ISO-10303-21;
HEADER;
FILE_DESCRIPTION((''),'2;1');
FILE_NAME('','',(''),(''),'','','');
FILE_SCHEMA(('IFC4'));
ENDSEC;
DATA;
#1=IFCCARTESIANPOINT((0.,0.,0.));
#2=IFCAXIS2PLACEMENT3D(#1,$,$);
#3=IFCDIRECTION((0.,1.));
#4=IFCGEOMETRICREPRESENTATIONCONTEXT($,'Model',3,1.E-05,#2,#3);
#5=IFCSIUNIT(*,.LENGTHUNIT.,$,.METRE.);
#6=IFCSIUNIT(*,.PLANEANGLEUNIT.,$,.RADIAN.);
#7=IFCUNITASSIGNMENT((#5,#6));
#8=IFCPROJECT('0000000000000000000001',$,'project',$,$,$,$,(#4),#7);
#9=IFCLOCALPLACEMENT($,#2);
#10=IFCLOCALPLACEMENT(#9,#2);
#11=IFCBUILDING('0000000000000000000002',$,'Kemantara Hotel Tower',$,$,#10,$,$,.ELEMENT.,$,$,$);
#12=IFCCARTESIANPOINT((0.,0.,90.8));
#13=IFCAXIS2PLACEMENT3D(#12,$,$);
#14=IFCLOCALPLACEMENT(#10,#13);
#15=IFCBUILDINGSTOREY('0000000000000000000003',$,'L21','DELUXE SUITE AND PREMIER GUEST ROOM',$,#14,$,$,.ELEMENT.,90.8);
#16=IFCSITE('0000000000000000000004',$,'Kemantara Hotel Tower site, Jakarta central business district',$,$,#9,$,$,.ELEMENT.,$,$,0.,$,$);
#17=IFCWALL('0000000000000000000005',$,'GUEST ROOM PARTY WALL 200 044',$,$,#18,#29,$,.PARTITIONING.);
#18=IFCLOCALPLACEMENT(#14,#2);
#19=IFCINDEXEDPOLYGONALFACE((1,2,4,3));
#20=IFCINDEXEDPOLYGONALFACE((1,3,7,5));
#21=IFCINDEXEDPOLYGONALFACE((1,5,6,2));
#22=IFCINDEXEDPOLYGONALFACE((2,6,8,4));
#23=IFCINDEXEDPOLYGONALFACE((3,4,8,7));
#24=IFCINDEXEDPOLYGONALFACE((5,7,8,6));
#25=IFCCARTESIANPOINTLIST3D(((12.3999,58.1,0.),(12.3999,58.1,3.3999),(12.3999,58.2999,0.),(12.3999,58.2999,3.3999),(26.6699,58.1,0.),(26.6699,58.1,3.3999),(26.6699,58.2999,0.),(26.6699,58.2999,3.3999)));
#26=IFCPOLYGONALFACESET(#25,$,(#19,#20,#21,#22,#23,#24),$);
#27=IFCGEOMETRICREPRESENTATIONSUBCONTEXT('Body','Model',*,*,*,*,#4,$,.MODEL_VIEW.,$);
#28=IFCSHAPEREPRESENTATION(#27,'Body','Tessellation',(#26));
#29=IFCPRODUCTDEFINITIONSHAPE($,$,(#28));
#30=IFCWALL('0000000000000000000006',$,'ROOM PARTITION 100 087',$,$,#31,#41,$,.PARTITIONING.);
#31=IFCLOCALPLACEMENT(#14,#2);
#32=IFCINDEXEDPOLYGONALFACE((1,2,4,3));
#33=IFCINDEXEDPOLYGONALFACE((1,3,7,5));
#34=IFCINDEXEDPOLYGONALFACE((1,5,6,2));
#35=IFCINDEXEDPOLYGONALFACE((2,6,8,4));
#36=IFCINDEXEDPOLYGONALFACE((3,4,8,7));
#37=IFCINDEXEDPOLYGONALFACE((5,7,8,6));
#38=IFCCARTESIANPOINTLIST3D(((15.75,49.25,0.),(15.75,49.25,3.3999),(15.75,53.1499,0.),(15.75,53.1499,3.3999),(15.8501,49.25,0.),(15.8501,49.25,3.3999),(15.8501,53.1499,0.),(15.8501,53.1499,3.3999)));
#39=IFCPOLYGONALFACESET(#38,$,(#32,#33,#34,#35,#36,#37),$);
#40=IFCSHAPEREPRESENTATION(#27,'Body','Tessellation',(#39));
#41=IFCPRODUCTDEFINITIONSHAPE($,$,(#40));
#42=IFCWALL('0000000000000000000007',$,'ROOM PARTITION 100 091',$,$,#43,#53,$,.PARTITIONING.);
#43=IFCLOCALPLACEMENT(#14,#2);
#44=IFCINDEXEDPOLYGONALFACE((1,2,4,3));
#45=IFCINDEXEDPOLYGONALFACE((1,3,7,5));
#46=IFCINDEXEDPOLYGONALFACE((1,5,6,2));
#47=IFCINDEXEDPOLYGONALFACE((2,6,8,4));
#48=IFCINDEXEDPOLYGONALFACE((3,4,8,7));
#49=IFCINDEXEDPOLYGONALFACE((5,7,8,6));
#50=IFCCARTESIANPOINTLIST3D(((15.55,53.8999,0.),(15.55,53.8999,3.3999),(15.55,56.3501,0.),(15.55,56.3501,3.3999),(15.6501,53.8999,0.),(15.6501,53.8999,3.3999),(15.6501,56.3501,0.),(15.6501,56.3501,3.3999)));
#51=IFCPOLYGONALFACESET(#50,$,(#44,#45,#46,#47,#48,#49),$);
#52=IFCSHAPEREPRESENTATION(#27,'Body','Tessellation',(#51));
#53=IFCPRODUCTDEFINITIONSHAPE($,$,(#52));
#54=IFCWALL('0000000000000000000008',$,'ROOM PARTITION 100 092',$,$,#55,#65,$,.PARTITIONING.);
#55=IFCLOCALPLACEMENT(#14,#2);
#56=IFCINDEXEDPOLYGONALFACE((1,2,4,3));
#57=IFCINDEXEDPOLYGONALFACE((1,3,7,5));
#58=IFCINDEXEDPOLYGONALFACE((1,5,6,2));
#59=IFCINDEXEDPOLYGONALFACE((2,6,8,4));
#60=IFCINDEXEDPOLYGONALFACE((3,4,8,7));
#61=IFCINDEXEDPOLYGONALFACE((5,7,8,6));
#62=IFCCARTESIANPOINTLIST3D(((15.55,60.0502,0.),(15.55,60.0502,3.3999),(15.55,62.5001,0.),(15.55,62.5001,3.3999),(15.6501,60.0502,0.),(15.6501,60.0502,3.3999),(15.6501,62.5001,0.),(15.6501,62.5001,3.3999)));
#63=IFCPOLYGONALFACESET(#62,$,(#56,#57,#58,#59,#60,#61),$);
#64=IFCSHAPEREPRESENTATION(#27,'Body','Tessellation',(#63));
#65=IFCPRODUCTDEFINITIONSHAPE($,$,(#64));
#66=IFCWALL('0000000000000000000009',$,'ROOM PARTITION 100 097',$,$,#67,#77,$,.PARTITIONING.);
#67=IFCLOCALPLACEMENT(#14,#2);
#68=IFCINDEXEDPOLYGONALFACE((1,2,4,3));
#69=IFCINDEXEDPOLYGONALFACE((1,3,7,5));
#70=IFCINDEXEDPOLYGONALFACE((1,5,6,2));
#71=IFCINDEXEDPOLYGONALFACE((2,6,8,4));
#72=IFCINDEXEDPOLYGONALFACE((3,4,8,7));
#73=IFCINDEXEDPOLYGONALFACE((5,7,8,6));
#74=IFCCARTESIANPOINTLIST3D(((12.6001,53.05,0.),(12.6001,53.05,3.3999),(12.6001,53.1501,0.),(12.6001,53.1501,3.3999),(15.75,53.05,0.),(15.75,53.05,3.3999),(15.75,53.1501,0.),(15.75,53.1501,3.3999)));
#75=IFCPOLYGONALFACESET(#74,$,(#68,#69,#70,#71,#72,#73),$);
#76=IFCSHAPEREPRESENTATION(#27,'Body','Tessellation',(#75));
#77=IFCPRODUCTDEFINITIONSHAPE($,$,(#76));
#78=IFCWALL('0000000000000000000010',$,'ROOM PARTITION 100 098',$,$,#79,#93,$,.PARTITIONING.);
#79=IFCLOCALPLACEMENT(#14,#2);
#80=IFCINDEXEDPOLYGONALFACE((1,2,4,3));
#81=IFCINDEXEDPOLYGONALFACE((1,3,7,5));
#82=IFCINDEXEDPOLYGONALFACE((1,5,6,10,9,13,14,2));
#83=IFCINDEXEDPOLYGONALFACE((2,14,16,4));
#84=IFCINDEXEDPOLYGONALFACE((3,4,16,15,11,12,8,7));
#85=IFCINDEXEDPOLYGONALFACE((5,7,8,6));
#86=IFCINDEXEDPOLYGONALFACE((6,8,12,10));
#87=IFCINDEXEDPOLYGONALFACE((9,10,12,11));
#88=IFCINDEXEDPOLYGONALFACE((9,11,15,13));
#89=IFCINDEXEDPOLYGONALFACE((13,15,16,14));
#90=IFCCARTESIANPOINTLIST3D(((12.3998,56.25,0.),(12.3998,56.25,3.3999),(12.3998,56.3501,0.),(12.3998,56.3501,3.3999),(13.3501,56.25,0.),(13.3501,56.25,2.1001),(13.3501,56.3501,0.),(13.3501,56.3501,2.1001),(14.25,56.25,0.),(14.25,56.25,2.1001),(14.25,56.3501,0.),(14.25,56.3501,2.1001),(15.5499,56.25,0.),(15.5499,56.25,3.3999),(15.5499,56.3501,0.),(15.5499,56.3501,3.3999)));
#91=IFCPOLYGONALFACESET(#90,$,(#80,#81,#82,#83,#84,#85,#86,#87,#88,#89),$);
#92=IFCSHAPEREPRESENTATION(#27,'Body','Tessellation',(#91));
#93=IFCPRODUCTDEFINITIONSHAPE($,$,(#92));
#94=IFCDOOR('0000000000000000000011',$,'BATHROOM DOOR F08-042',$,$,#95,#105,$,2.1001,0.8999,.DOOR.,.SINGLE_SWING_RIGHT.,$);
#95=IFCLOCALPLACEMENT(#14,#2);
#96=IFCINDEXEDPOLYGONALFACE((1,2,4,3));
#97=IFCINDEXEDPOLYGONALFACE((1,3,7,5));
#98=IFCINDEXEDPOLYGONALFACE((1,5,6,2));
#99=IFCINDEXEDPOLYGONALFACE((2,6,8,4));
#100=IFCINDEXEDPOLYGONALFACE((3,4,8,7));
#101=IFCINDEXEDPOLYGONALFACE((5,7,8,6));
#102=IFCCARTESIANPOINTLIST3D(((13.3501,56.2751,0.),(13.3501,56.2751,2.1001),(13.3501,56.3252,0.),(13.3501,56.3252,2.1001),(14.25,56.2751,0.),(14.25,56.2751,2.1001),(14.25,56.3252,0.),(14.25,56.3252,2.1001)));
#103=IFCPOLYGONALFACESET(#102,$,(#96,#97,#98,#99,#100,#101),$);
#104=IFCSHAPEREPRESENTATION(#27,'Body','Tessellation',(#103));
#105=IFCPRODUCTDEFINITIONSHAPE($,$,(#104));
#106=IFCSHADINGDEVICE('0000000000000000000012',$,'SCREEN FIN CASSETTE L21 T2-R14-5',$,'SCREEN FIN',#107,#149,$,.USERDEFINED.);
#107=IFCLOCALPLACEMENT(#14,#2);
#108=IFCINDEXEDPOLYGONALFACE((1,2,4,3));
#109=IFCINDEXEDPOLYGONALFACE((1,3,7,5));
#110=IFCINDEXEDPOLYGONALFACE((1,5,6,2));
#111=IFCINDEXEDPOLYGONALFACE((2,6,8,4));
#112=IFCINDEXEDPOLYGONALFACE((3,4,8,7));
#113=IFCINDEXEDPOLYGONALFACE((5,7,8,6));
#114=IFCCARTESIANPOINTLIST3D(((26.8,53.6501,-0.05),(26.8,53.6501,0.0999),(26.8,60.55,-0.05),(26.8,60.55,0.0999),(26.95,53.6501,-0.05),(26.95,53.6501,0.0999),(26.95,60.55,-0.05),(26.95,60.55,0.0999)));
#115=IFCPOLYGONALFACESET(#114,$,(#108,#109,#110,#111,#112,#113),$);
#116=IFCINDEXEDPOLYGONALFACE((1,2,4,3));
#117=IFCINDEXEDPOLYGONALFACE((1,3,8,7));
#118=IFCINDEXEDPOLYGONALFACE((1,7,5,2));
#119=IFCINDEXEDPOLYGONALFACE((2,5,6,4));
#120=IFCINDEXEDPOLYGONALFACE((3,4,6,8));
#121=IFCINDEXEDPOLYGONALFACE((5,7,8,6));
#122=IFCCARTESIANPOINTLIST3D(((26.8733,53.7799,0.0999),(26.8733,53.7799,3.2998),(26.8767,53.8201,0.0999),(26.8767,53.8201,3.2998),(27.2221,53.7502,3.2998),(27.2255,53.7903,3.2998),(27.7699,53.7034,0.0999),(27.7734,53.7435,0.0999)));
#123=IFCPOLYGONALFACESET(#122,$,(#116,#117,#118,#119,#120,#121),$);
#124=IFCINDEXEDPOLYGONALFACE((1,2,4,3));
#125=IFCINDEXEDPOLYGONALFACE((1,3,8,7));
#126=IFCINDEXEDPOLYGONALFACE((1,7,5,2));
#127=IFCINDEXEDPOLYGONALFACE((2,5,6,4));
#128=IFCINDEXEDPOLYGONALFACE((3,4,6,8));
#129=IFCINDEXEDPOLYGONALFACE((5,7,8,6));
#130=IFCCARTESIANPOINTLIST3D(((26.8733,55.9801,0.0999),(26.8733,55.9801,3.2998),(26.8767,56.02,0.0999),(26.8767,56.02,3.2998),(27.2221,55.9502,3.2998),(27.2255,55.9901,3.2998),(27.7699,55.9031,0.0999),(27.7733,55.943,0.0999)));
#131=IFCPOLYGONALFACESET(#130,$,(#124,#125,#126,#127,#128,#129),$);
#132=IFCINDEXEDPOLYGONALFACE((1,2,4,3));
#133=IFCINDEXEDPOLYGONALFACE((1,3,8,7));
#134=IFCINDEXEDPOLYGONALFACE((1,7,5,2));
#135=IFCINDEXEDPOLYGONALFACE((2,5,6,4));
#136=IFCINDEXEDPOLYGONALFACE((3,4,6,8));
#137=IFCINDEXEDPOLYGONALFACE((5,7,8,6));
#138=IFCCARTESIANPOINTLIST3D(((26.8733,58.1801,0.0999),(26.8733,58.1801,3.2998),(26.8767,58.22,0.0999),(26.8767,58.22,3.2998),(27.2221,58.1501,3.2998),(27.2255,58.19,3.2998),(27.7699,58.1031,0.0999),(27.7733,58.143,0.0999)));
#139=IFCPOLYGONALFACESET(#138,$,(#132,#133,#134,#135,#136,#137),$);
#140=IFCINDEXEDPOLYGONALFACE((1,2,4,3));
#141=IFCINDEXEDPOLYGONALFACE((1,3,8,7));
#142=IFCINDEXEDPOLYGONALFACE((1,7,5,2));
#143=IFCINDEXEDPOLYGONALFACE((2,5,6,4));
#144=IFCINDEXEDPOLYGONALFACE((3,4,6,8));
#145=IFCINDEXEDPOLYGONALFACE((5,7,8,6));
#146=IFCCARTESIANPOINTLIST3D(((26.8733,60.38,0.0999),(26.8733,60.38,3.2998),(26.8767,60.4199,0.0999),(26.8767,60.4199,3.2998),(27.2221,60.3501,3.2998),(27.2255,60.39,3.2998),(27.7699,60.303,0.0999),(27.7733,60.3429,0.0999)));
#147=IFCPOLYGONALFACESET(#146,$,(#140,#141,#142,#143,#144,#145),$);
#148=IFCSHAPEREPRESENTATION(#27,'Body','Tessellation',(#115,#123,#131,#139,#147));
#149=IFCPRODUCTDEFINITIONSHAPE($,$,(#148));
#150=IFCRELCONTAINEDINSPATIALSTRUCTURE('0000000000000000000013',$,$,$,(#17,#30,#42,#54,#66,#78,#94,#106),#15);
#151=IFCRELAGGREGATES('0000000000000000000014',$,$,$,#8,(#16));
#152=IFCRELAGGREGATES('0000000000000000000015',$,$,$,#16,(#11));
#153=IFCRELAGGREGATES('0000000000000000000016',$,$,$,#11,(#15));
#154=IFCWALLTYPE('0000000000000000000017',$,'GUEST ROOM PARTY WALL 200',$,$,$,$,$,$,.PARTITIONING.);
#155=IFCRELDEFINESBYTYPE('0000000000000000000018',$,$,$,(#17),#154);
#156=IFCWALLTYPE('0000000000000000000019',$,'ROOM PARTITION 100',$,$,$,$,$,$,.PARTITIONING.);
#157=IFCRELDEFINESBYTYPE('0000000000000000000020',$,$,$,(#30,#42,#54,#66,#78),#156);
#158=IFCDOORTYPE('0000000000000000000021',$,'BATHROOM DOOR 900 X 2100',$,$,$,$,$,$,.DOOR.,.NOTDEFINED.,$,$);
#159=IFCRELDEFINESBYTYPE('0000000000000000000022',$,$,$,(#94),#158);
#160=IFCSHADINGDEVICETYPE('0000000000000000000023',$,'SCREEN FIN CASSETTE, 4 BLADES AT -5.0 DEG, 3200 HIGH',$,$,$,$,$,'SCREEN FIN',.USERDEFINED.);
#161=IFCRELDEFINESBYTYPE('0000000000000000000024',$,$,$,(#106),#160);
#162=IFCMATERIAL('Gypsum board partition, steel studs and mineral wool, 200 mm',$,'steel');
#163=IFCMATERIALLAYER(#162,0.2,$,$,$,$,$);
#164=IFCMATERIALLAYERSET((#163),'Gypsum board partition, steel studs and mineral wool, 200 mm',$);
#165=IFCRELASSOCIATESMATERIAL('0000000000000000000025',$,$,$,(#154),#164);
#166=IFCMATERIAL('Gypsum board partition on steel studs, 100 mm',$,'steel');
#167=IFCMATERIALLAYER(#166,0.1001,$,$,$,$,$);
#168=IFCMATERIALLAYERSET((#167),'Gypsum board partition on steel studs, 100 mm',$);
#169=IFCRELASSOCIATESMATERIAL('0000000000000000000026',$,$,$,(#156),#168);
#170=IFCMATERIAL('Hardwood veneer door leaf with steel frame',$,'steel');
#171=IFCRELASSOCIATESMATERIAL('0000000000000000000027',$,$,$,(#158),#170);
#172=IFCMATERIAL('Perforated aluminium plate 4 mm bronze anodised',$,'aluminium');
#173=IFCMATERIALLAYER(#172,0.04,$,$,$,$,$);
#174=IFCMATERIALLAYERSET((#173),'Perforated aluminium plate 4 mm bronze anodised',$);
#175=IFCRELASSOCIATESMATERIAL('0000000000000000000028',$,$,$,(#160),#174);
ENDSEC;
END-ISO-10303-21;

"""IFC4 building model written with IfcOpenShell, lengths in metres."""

from ifc_helpers import new_model, si_unit, direction, frame, frame_2d, origin, origin_2d, place, context, subcontext, project, spatial, polyline, rectangle, outline, extrude, source, transform, mapped, material, layer, layer_set, type_object, element, fill, save


model = new_model("IFC4")

# Units and contexts
model_context = context("Model", 3, precision=1e-05, world=origin(), true_north=direction((0.0, 1.0)))
body_context = subcontext(model_context, "Body", "Model", "MODEL_VIEW")
ifc_project = project(units=[si_unit("LENGTHUNIT", "METRE"), si_unit("PLANEANGLEUNIT", "RADIAN")], contexts=[model_context])

# Site, building, storey
site_placement = place(None, origin())
site = spatial("IfcSite", under=ifc_project, at=site_placement, Name="Kemantara Hotel Tower site, Jakarta central business district", CompositionType="ELEMENT", RefElevation=0.0)
building_placement = place(site_placement, origin())
building = spatial("IfcBuilding", under=site, at=building_placement, Name="Kemantara Hotel Tower", CompositionType="ELEMENT")
storey_placement = place(building_placement, frame((0.0, 0.0, 90.8)))
storey = spatial("IfcBuildingStorey", under=building, at=storey_placement, Name="L21", Description="DELUXE SUITE AND PREMIER GUEST ROOM", CompositionType="ELEMENT", Elevation=90.8)

# Walls
ifc_material_1 = material(Name="Gypsum board partition, steel studs and mineral wool, 200 mm", Category="steel")
ifc_layer_1 = layer(ifc_material_1, 0.2)
ifc_layer_set_1 = layer_set([ifc_layer_1], Name="Gypsum board partition, steel studs and mineral wool, 200 mm")
wall_type_1 = type_object("IfcWallType", Name="GUEST ROOM PARTY WALL 200", PredefinedType="PARTITIONING", material=ifc_layer_set_1)
wall_1_placement = place(storey_placement, frame((12.3999, 58.2, 0.0), z_axis=(0.0, 0.0, 1.0), x_axis=(1.0, 0.0, 0.0)))
element("IfcWall", 1, at=wall_1_placement, inside=storey, type_object=wall_type_1, Name="GUEST ROOM PARTY WALL 200 044", PredefinedType="PARTITIONING", context=body_context, shape_type="SweptSolid", body=[
    extrude(rectangle(XDim=14.27, YDim=0.2, at=frame_2d((7.135, 0.0))), origin(), (0.0, 0.0, 1.0), 3.3999),
])
ifc_material_2 = material(Name="Gypsum board partition on steel studs, 100 mm", Category="steel")
ifc_layer_2 = layer(ifc_material_2, 0.1001)
ifc_layer_set_2 = layer_set([ifc_layer_2], Name="Gypsum board partition on steel studs, 100 mm")
wall_type_2 = type_object("IfcWallType", Name="ROOM PARTITION 100", PredefinedType="PARTITIONING", material=ifc_layer_set_2)
wall_2_placement = place(storey_placement, frame((15.8, 49.25, 0.0), z_axis=(0.0, 0.0, 1.0), x_axis=(0.0, 1.0, 0.0)))
element("IfcWall", 2, at=wall_2_placement, inside=storey, type_object=wall_type_2, Name="ROOM PARTITION 100 087", PredefinedType="PARTITIONING", context=body_context, shape_type="SweptSolid", body=[
    extrude(rectangle(XDim=3.8999, YDim=0.1001, at=frame_2d((1.95, 0.0))), origin(), (0.0, 0.0, 1.0), 3.3999),
])
wall_3_placement = place(storey_placement, frame((15.6001, 53.8999, 0.0), z_axis=(0.0, 0.0, 1.0), x_axis=(0.0, 1.0, 0.0)))
element("IfcWall", 3, at=wall_3_placement, inside=storey, type_object=wall_type_2, Name="ROOM PARTITION 100 091", PredefinedType="PARTITIONING", context=body_context, shape_type="SweptSolid", body=[
    extrude(rectangle(XDim=2.4502, YDim=0.1001, at=frame_2d((1.2251, 0.0))), origin(), (0.0, 0.0, 1.0), 3.3999),
])
wall_4_placement = place(storey_placement, frame((15.6001, 60.05, 0.0), z_axis=(0.0, 0.0, 1.0), x_axis=(0.0, 1.0, 0.0)))
element("IfcWall", 4, at=wall_4_placement, inside=storey, type_object=wall_type_2, Name="ROOM PARTITION 100 092", PredefinedType="PARTITIONING", context=body_context, shape_type="SweptSolid", body=[
    extrude(rectangle(XDim=2.45, YDim=0.1001, at=frame_2d((1.2251, 0.0))), origin(), (0.0, 0.0, 1.0), 3.3999),
])
wall_5_placement = place(storey_placement, frame((12.6001, 53.1001, 0.0), z_axis=(0.0, 0.0, 1.0), x_axis=(1.0, 0.0, 0.0)))
element("IfcWall", 5, at=wall_5_placement, inside=storey, type_object=wall_type_2, Name="ROOM PARTITION 100 097", PredefinedType="PARTITIONING", context=body_context, shape_type="SweptSolid", body=[
    extrude(rectangle(XDim=3.1499, YDim=0.1001, at=frame_2d((1.575, 0.0))), origin(), (0.0, 0.0, 1.0), 3.3999),
])

# Wall, opening, door
wall_6_placement = place(storey_placement, frame((15.55, 56.3, 0.0), z_axis=(0.0, 0.0, 1.0), x_axis=(-1.0, 0.0, 0.0)))
wall_6 = element("IfcWall", 6, at=wall_6_placement, inside=storey, type_object=wall_type_2, Name="ROOM PARTITION 100 098", PredefinedType="PARTITIONING", context=body_context, shape_type="SweptSolid", body=[
    extrude(rectangle(XDim=3.1501, YDim=0.1001, at=frame_2d((1.5752, 0.0))), origin(), (0.0, 0.0, 1.0), 3.3999),
])
opening_placement = place(wall_6_placement, frame((1.3, 0.0, 0.0)))
opening = element("IfcOpeningElement", 7, at=opening_placement, cuts=wall_6, PredefinedType="OPENING", context=body_context, shape_type="SweptSolid", body=[
    extrude(rectangle(XDim=0.8999, YDim=2.1001, at=frame_2d((0.45, 1.05))), frame((0.0, 0.0601, 0.0), z_axis=(0.0, -1.0, 0.0), x_axis=(1.0, 0.0, 0.0)), (0.0, 0.0, 1.0), 0.1201),
])
ifc_material_3 = material(Name="Hardwood veneer door leaf with steel frame", Category="steel")
door_type = type_object("IfcDoorType", Name="BATHROOM DOOR 900 X 2100", OperationType="NOTDEFINED", PredefinedType="DOOR", material=ifc_material_3)
door_placement = place(opening_placement, origin())
door = element("IfcDoor", 8, at=door_placement, inside=storey, type_object=door_type, Name="BATHROOM DOOR F08-042", OperationType="SINGLE_SWING_RIGHT", OverallHeight=2.1001, OverallWidth=0.8999, PredefinedType="DOOR", context=body_context, shape_type="SweptSolid", body=[
    extrude(rectangle(XDim=0.8999, YDim=2.1001, at=frame_2d((0.45, 1.05))), frame((0.0, 0.0249, 0.0), z_axis=(0.0, -1.0, 0.0), x_axis=(1.0, 0.0, 0.0)), (0.0, 0.0, 1.0), 0.05),
])
fill(opening, door)

# Shading device
ifc_material_4 = material(Name="Perforated aluminium plate 4 mm bronze anodised", Category="aluminium")
ifc_layer_3 = layer(ifc_material_4, 0.04)
ifc_layer_set_3 = layer_set([ifc_layer_3], Name="Perforated aluminium plate 4 mm bronze anodised")
shading_device_type_1 = type_object("IfcShadingDeviceType", Name="SCREEN FIN CASSETTE, 4 BLADES AT -5.0 DEG, 3200 HIGH", ElementType="SCREEN FIN", PredefinedType="USERDEFINED", material=ifc_layer_set_3)
shared_shape_1 = source(origin(), body_context, "Body", "SweptSolid", [
    extrude(rectangle(XDim=6.8999, YDim=0.1499, at=origin_2d()), frame((3.3, -0.075, -0.1499), z_axis=(0.0, 0.0, 1.0), x_axis=(1.0, 0.0, 0.0)), (0.0, 0.0, 1.0), 0.1499),
    extrude(outline(polyline([(0.0, 0.0), (0.8999, 0.0), (0.3501, 3.2), (0.0, 3.2), (0.0, 0.0)])), frame((0.02, -0.0767, 0.0), z_axis=(-0.996376, 0.085056, 0.0), x_axis=(-0.085056, -0.996376, 0.0)), (0.0, 0.0, 1.0), 0.0403),
    extrude(outline(polyline([(0.0, 0.0), (0.8999, 0.0), (0.3501, 3.2), (0.0, 3.2), (0.0, 0.0)])), frame((2.22, -0.0767, 0.0), z_axis=(-0.996332, 0.085575, 0.0), x_axis=(-0.085575, -0.996332, 0.0)), (0.0, 0.0, 1.0), 0.04),
    extrude(outline(polyline([(0.0, 0.0), (0.8999, 0.0), (0.3501, 3.2), (0.0, 3.2), (0.0, 0.0)])), frame((4.4199, -0.0767, 0.0), z_axis=(-0.996332, 0.085575, 0.0), x_axis=(-0.085575, -0.996332, 0.0)), (0.0, 0.0, 1.0), 0.04),
    extrude(outline(polyline([(0.0, 0.0), (0.8999, 0.0), (0.3501, 3.2), (0.0, 3.2), (0.0, 0.0)])), frame((6.6199, -0.0767, 0.0), z_axis=(-0.996332, 0.085575, 0.0), x_axis=(-0.085575, -0.996332, 0.0)), (0.0, 0.0, 1.0), 0.04),
])
shading_device_1_placement = place(storey_placement, frame((26.8, 53.8, 0.0999), z_axis=(0.0, 0.0, 1.0), x_axis=(0.0, 1.0, 0.0)))
element("IfcShadingDevice", 9, at=shading_device_1_placement, inside=storey, type_object=shading_device_type_1, Name="SCREEN FIN CASSETTE L21 T2-R14-5", ObjectType="SCREEN FIN", PredefinedType="USERDEFINED", context=body_context, shape_type="MappedRepresentation", body=[
    mapped(shared_shape_1, transform((0.0, 0.0, 0.0))),
])

save(model, "model.ifc")
